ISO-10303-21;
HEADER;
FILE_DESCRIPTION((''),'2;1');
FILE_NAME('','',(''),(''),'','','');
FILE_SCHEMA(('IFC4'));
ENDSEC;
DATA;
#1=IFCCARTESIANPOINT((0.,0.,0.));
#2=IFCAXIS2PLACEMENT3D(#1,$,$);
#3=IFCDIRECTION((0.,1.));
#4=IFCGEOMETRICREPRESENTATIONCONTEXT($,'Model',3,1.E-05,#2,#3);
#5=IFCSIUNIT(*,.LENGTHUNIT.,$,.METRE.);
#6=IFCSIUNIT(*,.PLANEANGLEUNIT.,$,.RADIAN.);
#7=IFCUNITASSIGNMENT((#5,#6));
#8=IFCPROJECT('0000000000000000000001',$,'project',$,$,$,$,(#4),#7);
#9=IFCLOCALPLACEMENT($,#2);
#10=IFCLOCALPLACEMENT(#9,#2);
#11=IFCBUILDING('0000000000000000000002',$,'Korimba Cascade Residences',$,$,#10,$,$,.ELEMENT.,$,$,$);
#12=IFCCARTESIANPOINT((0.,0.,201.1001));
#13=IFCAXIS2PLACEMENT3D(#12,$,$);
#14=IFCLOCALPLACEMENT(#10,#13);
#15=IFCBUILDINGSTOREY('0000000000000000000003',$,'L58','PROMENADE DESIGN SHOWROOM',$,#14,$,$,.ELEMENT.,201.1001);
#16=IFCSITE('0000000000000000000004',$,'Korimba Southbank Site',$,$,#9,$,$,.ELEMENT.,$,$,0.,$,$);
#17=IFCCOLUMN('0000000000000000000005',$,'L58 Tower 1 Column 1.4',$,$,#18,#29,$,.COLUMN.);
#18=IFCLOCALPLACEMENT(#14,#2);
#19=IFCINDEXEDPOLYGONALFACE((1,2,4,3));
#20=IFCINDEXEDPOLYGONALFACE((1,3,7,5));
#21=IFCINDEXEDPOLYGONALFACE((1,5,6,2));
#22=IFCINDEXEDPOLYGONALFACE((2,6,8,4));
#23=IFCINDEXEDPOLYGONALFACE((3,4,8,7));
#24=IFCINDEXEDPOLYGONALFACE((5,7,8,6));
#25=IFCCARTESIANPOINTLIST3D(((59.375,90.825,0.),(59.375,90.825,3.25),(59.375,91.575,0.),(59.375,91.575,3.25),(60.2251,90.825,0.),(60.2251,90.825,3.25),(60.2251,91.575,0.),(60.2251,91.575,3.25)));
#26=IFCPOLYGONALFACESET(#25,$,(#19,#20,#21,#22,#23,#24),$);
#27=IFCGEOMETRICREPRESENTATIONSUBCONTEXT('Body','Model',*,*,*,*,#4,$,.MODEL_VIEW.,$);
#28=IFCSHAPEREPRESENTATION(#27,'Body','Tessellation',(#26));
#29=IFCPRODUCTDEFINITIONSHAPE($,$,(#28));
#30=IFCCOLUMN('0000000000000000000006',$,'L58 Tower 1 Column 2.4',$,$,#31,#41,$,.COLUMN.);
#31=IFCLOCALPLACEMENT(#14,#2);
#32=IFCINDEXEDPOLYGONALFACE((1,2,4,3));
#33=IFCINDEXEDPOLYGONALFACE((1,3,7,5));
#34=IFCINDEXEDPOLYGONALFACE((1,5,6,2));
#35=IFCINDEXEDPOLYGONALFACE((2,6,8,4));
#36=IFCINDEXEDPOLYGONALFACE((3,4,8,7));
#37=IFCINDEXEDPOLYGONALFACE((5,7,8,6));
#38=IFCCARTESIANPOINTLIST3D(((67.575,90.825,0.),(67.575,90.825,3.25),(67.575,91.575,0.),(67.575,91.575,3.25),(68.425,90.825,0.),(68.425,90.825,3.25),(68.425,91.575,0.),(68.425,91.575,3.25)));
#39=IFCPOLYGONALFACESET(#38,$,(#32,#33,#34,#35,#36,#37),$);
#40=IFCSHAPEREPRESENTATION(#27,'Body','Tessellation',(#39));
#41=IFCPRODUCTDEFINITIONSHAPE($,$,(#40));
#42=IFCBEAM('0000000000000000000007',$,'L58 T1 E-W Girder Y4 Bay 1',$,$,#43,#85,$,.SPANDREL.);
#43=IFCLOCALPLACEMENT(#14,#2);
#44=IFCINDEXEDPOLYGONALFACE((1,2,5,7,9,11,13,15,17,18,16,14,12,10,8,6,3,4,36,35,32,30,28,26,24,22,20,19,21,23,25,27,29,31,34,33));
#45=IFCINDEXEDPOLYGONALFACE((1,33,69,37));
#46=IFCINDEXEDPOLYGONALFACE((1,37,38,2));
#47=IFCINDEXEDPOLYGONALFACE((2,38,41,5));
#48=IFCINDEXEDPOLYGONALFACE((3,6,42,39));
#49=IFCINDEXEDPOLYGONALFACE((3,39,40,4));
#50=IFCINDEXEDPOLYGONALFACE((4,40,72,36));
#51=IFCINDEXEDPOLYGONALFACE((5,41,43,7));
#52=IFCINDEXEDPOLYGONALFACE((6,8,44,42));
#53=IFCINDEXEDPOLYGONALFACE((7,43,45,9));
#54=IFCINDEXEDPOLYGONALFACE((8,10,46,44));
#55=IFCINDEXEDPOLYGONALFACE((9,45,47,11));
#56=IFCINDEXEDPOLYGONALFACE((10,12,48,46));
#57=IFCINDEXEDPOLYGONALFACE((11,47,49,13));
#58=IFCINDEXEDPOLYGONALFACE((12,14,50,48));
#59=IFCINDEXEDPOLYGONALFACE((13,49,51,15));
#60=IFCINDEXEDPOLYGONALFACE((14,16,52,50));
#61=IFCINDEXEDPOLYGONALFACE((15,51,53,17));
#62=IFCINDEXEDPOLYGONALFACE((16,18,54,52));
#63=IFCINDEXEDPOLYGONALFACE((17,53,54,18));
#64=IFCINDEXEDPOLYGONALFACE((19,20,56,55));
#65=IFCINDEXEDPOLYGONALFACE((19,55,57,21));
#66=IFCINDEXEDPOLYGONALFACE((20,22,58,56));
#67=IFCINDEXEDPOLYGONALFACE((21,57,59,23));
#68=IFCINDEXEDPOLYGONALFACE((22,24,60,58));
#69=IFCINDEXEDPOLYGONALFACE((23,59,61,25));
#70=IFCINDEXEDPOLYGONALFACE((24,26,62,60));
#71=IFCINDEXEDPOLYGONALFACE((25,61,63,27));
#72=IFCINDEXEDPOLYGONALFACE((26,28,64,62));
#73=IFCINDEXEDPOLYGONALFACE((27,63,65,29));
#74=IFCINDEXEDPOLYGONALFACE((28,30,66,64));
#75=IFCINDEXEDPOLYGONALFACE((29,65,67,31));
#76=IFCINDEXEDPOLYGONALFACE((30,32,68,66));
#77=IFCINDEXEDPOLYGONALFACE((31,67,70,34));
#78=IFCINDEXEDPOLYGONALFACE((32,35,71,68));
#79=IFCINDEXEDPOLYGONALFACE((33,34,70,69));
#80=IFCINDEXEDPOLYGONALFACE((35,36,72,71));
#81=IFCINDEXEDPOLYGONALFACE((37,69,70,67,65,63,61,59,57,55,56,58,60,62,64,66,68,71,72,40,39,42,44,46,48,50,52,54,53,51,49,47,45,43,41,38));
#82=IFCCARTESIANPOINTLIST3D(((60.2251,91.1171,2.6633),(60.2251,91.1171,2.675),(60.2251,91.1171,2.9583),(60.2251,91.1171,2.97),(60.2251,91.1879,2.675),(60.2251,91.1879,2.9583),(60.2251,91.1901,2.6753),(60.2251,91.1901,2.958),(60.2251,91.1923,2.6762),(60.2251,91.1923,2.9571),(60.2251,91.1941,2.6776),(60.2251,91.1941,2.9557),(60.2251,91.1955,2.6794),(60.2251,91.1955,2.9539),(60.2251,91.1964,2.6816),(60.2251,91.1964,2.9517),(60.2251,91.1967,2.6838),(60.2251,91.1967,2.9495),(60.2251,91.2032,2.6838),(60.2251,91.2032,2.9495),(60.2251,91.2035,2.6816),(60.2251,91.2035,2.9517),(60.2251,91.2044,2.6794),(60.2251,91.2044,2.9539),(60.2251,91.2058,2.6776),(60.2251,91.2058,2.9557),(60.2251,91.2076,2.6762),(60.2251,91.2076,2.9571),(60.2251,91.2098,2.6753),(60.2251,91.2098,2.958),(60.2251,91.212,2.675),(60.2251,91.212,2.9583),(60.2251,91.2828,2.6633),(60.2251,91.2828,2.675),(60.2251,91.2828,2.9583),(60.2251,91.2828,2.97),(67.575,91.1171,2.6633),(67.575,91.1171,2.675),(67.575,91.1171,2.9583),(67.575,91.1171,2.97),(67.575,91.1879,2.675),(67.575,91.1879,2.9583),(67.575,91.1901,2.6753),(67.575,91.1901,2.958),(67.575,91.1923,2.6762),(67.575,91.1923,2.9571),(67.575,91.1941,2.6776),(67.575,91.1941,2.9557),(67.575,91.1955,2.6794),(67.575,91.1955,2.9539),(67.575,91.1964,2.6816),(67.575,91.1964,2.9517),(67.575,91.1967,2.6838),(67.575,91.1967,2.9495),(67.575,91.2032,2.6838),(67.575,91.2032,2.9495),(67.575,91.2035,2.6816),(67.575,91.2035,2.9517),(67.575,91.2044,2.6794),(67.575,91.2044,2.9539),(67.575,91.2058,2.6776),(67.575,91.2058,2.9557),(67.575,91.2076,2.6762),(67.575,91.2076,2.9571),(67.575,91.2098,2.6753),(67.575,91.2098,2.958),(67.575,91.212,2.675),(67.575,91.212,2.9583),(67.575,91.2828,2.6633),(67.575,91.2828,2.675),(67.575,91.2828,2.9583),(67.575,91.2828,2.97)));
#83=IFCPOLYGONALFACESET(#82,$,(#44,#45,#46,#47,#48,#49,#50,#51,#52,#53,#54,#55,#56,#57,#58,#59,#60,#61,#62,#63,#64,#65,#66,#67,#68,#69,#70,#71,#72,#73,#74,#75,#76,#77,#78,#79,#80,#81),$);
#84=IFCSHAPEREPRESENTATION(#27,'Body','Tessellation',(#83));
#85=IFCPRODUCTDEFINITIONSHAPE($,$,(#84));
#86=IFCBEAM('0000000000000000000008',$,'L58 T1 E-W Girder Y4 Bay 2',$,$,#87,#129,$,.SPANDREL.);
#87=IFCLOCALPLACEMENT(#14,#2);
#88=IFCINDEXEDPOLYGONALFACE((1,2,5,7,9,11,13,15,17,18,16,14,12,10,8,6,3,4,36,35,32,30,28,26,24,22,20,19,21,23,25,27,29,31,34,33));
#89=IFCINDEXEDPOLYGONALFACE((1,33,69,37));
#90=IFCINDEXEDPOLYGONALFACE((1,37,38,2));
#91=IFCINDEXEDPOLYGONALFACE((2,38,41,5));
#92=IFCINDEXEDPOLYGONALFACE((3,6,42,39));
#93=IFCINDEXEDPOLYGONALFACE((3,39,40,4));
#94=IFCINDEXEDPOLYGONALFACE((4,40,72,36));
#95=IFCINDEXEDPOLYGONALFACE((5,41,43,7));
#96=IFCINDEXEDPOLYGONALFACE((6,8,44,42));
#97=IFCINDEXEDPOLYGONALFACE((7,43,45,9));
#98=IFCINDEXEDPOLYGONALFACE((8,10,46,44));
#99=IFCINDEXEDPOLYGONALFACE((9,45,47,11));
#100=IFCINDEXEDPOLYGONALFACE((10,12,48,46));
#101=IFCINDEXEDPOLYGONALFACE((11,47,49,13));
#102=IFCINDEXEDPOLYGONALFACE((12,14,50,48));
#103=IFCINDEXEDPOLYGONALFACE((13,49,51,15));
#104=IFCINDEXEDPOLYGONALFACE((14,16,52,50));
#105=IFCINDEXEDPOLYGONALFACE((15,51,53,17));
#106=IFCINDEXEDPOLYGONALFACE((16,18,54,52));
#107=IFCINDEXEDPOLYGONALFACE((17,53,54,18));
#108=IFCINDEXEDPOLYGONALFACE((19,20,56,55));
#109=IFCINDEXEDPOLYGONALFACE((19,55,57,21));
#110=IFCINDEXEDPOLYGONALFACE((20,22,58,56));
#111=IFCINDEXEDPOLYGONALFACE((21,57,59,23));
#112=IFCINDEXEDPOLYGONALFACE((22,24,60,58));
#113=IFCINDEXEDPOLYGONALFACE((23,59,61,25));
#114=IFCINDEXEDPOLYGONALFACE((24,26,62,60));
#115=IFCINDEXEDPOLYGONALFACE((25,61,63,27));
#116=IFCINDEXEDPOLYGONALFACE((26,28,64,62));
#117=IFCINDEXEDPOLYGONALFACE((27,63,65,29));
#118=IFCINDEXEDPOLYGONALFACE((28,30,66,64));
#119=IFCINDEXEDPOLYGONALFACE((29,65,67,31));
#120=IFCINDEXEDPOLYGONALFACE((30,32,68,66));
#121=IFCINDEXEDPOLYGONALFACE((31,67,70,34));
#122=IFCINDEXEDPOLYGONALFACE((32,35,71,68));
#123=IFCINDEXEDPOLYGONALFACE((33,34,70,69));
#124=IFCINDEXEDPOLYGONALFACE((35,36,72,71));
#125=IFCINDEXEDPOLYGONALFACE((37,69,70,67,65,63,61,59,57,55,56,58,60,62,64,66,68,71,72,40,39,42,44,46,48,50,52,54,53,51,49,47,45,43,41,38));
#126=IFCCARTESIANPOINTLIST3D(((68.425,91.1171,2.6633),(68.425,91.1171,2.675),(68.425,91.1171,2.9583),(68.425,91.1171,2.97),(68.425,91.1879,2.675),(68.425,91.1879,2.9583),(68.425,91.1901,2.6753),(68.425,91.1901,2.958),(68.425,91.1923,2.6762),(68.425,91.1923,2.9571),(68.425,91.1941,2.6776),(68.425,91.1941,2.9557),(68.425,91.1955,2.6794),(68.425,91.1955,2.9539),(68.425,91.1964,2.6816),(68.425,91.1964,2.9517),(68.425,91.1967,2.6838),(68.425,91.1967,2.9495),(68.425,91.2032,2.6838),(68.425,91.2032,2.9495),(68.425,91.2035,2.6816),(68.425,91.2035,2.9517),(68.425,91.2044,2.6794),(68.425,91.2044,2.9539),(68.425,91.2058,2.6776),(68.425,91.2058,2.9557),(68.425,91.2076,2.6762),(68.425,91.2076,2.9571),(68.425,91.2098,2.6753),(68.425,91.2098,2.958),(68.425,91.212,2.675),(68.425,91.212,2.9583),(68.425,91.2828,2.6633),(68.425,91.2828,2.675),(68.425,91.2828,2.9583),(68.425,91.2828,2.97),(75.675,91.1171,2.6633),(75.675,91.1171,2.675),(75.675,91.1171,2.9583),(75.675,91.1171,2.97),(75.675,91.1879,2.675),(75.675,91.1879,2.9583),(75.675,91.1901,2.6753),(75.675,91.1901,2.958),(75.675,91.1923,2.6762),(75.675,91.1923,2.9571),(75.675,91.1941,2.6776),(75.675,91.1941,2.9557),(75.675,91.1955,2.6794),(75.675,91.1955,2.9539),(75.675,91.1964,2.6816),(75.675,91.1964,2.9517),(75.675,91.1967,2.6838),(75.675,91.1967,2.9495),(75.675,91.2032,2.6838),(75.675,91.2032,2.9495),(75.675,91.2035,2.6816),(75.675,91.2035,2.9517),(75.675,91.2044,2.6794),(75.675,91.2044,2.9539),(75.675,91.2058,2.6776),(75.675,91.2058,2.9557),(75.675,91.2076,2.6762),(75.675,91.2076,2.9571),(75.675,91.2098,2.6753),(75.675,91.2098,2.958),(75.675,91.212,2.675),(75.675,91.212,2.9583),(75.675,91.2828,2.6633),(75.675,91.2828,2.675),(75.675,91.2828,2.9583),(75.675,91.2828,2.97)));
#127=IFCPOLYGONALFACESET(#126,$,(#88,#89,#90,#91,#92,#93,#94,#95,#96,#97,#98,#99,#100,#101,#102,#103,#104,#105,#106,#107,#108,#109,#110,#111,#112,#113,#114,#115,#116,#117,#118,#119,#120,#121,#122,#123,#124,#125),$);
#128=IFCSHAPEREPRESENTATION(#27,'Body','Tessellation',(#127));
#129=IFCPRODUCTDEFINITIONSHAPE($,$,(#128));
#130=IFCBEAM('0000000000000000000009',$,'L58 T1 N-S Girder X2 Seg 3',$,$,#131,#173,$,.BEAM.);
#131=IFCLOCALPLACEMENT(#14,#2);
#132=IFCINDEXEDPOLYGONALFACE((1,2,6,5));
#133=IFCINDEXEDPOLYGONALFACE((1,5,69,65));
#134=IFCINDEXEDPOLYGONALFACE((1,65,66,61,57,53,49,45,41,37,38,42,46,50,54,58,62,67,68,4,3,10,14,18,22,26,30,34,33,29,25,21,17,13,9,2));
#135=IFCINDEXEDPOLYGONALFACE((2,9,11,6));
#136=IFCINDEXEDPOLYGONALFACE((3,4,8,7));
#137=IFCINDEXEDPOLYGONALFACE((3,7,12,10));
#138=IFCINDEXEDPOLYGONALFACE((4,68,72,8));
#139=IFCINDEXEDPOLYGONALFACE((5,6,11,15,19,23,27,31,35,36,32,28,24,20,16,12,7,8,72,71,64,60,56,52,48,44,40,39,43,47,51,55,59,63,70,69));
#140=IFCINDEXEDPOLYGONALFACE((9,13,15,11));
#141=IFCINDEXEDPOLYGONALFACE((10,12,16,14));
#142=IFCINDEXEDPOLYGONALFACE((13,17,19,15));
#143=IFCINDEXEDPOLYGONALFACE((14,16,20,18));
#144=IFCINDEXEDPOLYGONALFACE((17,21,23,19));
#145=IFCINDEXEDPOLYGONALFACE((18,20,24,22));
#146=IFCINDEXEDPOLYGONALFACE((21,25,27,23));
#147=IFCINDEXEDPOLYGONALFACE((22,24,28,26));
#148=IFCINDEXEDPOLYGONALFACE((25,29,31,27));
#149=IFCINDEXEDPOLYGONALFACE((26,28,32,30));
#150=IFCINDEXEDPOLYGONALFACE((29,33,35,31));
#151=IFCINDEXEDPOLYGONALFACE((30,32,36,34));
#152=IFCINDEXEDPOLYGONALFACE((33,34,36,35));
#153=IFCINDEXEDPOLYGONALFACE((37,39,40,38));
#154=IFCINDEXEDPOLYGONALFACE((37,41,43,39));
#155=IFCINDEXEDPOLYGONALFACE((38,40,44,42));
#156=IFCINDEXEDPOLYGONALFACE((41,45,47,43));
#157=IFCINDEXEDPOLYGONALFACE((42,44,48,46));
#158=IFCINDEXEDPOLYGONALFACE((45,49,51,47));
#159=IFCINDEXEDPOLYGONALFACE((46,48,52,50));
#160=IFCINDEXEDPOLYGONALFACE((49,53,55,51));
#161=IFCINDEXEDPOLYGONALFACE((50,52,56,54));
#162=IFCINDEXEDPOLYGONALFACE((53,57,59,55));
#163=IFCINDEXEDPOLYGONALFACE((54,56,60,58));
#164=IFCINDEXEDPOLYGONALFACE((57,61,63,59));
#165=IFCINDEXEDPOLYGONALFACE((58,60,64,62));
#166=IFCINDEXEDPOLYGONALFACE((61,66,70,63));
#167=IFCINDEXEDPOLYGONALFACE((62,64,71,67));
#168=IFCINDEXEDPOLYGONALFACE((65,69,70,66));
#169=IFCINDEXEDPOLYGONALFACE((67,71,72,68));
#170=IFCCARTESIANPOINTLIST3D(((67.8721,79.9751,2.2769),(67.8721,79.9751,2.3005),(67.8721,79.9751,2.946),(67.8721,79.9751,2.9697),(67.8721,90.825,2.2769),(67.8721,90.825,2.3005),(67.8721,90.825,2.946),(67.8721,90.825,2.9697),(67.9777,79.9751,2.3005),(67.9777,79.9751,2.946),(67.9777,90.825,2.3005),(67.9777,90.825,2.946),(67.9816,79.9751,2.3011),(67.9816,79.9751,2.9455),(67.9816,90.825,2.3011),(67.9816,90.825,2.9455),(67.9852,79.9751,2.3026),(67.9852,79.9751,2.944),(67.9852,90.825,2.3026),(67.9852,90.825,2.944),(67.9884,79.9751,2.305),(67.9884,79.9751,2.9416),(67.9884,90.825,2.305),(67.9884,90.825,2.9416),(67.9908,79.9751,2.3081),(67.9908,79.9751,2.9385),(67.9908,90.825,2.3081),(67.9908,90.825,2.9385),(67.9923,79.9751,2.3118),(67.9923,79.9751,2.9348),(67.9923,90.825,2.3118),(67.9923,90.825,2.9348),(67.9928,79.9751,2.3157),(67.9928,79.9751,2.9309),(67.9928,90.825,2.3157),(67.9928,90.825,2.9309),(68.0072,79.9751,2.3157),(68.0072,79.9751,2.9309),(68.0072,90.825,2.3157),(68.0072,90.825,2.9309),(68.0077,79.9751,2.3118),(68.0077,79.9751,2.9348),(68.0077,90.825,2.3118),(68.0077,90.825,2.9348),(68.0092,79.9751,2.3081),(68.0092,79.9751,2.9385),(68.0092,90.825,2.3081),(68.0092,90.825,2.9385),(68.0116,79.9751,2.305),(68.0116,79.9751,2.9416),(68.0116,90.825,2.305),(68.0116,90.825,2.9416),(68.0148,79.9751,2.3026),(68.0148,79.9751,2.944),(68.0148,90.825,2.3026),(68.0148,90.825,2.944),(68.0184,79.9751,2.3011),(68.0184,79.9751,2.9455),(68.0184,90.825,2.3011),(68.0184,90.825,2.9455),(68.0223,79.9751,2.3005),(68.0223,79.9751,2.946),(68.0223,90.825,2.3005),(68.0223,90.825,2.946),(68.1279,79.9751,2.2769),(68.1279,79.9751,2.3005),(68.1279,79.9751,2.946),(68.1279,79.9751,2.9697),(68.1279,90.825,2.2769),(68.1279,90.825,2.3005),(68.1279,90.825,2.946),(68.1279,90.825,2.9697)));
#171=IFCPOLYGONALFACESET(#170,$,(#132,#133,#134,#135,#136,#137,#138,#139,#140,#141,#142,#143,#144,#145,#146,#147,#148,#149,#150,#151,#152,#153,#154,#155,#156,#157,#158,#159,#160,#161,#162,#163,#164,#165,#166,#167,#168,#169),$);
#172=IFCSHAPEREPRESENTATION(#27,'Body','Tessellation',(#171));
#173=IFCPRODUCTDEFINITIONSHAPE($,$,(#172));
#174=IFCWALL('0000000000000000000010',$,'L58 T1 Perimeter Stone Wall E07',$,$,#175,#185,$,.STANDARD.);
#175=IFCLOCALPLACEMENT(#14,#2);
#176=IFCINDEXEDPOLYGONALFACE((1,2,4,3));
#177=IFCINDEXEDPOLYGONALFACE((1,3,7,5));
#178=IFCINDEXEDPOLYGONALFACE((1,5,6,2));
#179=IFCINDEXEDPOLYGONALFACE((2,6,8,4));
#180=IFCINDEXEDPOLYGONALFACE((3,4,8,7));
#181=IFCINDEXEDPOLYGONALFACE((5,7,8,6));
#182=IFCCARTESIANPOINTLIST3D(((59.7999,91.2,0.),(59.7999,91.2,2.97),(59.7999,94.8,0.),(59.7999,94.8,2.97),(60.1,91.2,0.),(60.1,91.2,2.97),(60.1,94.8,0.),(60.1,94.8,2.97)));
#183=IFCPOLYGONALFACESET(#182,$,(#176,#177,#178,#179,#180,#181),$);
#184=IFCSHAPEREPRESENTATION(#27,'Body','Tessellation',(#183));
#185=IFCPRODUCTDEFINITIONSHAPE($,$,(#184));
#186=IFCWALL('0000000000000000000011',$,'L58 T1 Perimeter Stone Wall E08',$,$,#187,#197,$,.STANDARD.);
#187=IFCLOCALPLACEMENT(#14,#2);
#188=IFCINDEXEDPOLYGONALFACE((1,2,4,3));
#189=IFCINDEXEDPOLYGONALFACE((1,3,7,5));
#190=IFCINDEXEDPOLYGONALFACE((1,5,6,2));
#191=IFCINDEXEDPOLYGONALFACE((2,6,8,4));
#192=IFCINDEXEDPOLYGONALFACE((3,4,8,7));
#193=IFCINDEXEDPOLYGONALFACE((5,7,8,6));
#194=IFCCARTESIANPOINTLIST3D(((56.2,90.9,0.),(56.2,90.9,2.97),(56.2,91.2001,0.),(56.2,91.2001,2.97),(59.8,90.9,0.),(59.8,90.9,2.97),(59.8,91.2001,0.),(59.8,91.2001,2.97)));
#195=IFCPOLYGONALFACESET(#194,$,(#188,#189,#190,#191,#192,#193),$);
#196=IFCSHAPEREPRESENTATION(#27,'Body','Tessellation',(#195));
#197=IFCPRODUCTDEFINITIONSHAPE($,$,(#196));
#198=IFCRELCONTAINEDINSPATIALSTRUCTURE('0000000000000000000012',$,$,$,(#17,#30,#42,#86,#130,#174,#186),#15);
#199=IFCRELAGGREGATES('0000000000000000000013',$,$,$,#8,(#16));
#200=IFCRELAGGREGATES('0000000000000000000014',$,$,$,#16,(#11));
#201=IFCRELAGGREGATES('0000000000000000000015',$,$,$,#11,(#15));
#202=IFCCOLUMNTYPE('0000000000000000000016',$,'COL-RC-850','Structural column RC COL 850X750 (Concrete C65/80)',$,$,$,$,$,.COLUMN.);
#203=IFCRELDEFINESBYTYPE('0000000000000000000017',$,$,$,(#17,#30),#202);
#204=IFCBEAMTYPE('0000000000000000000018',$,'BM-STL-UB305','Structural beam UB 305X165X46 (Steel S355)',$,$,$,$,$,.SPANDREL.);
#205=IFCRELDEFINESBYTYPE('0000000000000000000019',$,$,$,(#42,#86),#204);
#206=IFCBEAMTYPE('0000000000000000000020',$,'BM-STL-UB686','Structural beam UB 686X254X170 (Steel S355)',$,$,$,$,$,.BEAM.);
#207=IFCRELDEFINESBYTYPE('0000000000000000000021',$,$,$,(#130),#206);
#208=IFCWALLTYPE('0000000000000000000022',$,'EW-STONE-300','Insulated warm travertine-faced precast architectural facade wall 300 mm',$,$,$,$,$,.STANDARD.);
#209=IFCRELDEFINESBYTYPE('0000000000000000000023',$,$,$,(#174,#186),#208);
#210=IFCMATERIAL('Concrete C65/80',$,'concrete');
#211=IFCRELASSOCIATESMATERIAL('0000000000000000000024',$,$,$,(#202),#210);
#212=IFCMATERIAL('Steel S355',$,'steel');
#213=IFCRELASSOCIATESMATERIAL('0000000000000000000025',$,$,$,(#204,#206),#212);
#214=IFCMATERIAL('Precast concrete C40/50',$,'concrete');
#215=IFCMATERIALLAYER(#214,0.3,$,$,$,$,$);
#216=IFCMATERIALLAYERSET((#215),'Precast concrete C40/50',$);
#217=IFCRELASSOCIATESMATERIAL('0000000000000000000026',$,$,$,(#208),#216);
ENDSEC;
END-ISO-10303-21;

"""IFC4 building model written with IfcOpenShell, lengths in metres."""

from ifc_helpers import new_model, si_unit, direction, frame, frame_2d, origin, origin_2d, place, context, subcontext, project, spatial, rectangle, i_section, extrude, material, layer, layer_set, material_profile, profile_set, type_object, element, save


model = new_model("IFC4")

# Units and contexts
model_context = context("Model", 3, precision=1e-05, world=origin(), true_north=direction((0.0, 1.0)))
body_context = subcontext(model_context, "Body", "Model", "MODEL_VIEW")
ifc_project = project(units=[si_unit("LENGTHUNIT", "METRE"), si_unit("PLANEANGLEUNIT", "RADIAN")], contexts=[model_context])

# Site, building, storey
site_placement = place(None, origin())
site = spatial("IfcSite", under=ifc_project, at=site_placement, Name="Korimba Southbank Site", CompositionType="ELEMENT", RefElevation=0.0)
building_placement = place(site_placement, origin())
building = spatial("IfcBuilding", under=site, at=building_placement, Name="Korimba Cascade Residences", CompositionType="ELEMENT")
storey_placement = place(building_placement, frame((0.0, 0.0, 201.1001)))
storey = spatial("IfcBuildingStorey", under=building, at=storey_placement, Name="L58", Description="PROMENADE DESIGN SHOWROOM", CompositionType="ELEMENT", Elevation=201.1001)

# Columns
ifc_material_1 = material(Name="Concrete C65/80", Category="concrete")
ifc_material_profile_1 = material_profile(ifc_material_1, rectangle(XDim=0.8501, YDim=0.75, at=origin_2d()), Name="Concrete C65/80")
ifc_profile_set_1 = profile_set([ifc_material_profile_1], Name="Concrete C65/80")
column_type = type_object("IfcColumnType", Name="COL-RC-850", Description="Structural column RC COL 850X750 (Concrete C65/80)", PredefinedType="COLUMN", material=ifc_profile_set_1)
for number, where, z_axis, x_axis, name in (
    (1, (59.8, 91.2, 0.0), (0.0, 0.0, 1.0), (1.0, 0.0, 0.0), "L58 Tower 1 Column 1.4"),
    (2, (68.0, 91.2, 0.0), (0.0, 0.0, 1.0), (1.0, 0.0, 0.0), "L58 Tower 1 Column 2.4"),
):
    element("IfcColumn", number, at=place(storey_placement, frame(where, z_axis=z_axis, x_axis=x_axis)), inside=storey, type_object=column_type, Name=name, PredefinedType="COLUMN", context=body_context, shape_type="SweptSolid", body=[
        extrude(rectangle(XDim=0.8501, YDim=0.75, at=origin_2d()), origin(), (0.0, 0.0, 1.0), 3.25),
    ])

# Beams
ifc_material_2 = material(Name="Steel S355", Category="steel")
ifc_material_profile_2 = material_profile(ifc_material_2, i_section(OverallWidth=0.1658, OverallDepth=0.3066, WebThickness=0.0066, FlangeThickness=0.0117, FilletRadius=0.0088, at=origin_2d()), Name="Steel S355")
ifc_profile_set_2 = profile_set([ifc_material_profile_2], Name="Steel S355")
beam_type_1 = type_object("IfcBeamType", Name="BM-STL-UB305", Description="Structural beam UB 305X165X46 (Steel S355)", PredefinedType="SPANDREL", material=ifc_profile_set_2)
beam_1_placement = place(storey_placement, frame((60.2251, 91.2, 2.8167), z_axis=(1.0, 0.0, 0.0), x_axis=(0.0, 1.0, 0.0)))
element("IfcBeam", 3, at=beam_1_placement, inside=storey, type_object=beam_type_1, Name="L58 T1 E-W Girder Y4 Bay 1", PredefinedType="SPANDREL", context=body_context, shape_type="SweptSolid", body=[
    extrude(i_section(OverallWidth=0.1658, OverallDepth=0.3066, WebThickness=0.0066, FlangeThickness=0.0117, FilletRadius=0.0088, at=origin_2d()), origin(), (0.0, 0.0, 1.0), 7.3499),
])
beam_2_placement = place(storey_placement, frame((68.425, 91.2, 2.8167), z_axis=(1.0, 0.0, 0.0), x_axis=(0.0, 1.0, 0.0)))
element("IfcBeam", 4, at=beam_2_placement, inside=storey, type_object=beam_type_1, Name="L58 T1 E-W Girder Y4 Bay 2", PredefinedType="SPANDREL", context=body_context, shape_type="SweptSolid", body=[
    extrude(i_section(OverallWidth=0.1658, OverallDepth=0.3066, WebThickness=0.0066, FlangeThickness=0.0117, FilletRadius=0.0088, at=origin_2d()), origin(), (0.0, 0.0, 1.0), 7.25),
])
ifc_material_profile_3 = material_profile(ifc_material_2, i_section(OverallWidth=0.2559, OverallDepth=0.6929, WebThickness=0.0144, FlangeThickness=0.0237, FilletRadius=0.0151, at=origin_2d()), Name="Steel S355")
ifc_profile_set_3 = profile_set([ifc_material_profile_3], Name="Steel S355")
beam_type_2 = type_object("IfcBeamType", Name="BM-STL-UB686", Description="Structural beam UB 686X254X170 (Steel S355)", PredefinedType="BEAM", material=ifc_profile_set_3)
beam_3_placement = place(storey_placement, frame((68.0, 79.9751, 2.6233), z_axis=(0.0, 1.0, 0.0), x_axis=(-1.0, 0.0, 0.0)))
element("IfcBeam", 5, at=beam_3_placement, inside=storey, type_object=beam_type_2, Name="L58 T1 N-S Girder X2 Seg 3", PredefinedType="BEAM", context=body_context, shape_type="SweptSolid", body=[
    extrude(i_section(OverallWidth=0.2559, OverallDepth=0.6929, WebThickness=0.0144, FlangeThickness=0.0237, FilletRadius=0.0151, at=origin_2d()), origin(), (0.0, 0.0, 1.0), 10.8499),
])

# Walls
ifc_material_3 = material(Name="Precast concrete C40/50", Category="concrete")
ifc_layer_1 = layer(ifc_material_3, 0.3)
ifc_layer_set_1 = layer_set([ifc_layer_1], Name="Precast concrete C40/50")
wall_type_1 = type_object("IfcWallType", Name="EW-STONE-300", Description="Insulated warm travertine-faced precast architectural facade wall 300 mm", PredefinedType="STANDARD", material=ifc_layer_set_1)
for number, where, z_axis, x_axis, name in (
    (6, (59.95, 94.8, 0.0), (0.0, 0.0, 1.0), (0.0, -1.0, 0.0), "L58 T1 Perimeter Stone Wall E07"),
    (7, (59.8, 91.05, 0.0), (0.0, 0.0, 1.0), (-1.0, 0.0, 0.0), "L58 T1 Perimeter Stone Wall E08"),
):
    element("IfcWall", number, at=place(storey_placement, frame(where, z_axis=z_axis, x_axis=x_axis)), inside=storey, type_object=wall_type_1, Name=name, PredefinedType="STANDARD", context=body_context, shape_type="SweptSolid", body=[
        extrude(rectangle(XDim=3.6001, YDim=0.3, at=frame_2d((1.8, 0.0))), origin(), (0.0, 0.0, 1.0), 2.97),
    ])

save(model, "model.ifc")
